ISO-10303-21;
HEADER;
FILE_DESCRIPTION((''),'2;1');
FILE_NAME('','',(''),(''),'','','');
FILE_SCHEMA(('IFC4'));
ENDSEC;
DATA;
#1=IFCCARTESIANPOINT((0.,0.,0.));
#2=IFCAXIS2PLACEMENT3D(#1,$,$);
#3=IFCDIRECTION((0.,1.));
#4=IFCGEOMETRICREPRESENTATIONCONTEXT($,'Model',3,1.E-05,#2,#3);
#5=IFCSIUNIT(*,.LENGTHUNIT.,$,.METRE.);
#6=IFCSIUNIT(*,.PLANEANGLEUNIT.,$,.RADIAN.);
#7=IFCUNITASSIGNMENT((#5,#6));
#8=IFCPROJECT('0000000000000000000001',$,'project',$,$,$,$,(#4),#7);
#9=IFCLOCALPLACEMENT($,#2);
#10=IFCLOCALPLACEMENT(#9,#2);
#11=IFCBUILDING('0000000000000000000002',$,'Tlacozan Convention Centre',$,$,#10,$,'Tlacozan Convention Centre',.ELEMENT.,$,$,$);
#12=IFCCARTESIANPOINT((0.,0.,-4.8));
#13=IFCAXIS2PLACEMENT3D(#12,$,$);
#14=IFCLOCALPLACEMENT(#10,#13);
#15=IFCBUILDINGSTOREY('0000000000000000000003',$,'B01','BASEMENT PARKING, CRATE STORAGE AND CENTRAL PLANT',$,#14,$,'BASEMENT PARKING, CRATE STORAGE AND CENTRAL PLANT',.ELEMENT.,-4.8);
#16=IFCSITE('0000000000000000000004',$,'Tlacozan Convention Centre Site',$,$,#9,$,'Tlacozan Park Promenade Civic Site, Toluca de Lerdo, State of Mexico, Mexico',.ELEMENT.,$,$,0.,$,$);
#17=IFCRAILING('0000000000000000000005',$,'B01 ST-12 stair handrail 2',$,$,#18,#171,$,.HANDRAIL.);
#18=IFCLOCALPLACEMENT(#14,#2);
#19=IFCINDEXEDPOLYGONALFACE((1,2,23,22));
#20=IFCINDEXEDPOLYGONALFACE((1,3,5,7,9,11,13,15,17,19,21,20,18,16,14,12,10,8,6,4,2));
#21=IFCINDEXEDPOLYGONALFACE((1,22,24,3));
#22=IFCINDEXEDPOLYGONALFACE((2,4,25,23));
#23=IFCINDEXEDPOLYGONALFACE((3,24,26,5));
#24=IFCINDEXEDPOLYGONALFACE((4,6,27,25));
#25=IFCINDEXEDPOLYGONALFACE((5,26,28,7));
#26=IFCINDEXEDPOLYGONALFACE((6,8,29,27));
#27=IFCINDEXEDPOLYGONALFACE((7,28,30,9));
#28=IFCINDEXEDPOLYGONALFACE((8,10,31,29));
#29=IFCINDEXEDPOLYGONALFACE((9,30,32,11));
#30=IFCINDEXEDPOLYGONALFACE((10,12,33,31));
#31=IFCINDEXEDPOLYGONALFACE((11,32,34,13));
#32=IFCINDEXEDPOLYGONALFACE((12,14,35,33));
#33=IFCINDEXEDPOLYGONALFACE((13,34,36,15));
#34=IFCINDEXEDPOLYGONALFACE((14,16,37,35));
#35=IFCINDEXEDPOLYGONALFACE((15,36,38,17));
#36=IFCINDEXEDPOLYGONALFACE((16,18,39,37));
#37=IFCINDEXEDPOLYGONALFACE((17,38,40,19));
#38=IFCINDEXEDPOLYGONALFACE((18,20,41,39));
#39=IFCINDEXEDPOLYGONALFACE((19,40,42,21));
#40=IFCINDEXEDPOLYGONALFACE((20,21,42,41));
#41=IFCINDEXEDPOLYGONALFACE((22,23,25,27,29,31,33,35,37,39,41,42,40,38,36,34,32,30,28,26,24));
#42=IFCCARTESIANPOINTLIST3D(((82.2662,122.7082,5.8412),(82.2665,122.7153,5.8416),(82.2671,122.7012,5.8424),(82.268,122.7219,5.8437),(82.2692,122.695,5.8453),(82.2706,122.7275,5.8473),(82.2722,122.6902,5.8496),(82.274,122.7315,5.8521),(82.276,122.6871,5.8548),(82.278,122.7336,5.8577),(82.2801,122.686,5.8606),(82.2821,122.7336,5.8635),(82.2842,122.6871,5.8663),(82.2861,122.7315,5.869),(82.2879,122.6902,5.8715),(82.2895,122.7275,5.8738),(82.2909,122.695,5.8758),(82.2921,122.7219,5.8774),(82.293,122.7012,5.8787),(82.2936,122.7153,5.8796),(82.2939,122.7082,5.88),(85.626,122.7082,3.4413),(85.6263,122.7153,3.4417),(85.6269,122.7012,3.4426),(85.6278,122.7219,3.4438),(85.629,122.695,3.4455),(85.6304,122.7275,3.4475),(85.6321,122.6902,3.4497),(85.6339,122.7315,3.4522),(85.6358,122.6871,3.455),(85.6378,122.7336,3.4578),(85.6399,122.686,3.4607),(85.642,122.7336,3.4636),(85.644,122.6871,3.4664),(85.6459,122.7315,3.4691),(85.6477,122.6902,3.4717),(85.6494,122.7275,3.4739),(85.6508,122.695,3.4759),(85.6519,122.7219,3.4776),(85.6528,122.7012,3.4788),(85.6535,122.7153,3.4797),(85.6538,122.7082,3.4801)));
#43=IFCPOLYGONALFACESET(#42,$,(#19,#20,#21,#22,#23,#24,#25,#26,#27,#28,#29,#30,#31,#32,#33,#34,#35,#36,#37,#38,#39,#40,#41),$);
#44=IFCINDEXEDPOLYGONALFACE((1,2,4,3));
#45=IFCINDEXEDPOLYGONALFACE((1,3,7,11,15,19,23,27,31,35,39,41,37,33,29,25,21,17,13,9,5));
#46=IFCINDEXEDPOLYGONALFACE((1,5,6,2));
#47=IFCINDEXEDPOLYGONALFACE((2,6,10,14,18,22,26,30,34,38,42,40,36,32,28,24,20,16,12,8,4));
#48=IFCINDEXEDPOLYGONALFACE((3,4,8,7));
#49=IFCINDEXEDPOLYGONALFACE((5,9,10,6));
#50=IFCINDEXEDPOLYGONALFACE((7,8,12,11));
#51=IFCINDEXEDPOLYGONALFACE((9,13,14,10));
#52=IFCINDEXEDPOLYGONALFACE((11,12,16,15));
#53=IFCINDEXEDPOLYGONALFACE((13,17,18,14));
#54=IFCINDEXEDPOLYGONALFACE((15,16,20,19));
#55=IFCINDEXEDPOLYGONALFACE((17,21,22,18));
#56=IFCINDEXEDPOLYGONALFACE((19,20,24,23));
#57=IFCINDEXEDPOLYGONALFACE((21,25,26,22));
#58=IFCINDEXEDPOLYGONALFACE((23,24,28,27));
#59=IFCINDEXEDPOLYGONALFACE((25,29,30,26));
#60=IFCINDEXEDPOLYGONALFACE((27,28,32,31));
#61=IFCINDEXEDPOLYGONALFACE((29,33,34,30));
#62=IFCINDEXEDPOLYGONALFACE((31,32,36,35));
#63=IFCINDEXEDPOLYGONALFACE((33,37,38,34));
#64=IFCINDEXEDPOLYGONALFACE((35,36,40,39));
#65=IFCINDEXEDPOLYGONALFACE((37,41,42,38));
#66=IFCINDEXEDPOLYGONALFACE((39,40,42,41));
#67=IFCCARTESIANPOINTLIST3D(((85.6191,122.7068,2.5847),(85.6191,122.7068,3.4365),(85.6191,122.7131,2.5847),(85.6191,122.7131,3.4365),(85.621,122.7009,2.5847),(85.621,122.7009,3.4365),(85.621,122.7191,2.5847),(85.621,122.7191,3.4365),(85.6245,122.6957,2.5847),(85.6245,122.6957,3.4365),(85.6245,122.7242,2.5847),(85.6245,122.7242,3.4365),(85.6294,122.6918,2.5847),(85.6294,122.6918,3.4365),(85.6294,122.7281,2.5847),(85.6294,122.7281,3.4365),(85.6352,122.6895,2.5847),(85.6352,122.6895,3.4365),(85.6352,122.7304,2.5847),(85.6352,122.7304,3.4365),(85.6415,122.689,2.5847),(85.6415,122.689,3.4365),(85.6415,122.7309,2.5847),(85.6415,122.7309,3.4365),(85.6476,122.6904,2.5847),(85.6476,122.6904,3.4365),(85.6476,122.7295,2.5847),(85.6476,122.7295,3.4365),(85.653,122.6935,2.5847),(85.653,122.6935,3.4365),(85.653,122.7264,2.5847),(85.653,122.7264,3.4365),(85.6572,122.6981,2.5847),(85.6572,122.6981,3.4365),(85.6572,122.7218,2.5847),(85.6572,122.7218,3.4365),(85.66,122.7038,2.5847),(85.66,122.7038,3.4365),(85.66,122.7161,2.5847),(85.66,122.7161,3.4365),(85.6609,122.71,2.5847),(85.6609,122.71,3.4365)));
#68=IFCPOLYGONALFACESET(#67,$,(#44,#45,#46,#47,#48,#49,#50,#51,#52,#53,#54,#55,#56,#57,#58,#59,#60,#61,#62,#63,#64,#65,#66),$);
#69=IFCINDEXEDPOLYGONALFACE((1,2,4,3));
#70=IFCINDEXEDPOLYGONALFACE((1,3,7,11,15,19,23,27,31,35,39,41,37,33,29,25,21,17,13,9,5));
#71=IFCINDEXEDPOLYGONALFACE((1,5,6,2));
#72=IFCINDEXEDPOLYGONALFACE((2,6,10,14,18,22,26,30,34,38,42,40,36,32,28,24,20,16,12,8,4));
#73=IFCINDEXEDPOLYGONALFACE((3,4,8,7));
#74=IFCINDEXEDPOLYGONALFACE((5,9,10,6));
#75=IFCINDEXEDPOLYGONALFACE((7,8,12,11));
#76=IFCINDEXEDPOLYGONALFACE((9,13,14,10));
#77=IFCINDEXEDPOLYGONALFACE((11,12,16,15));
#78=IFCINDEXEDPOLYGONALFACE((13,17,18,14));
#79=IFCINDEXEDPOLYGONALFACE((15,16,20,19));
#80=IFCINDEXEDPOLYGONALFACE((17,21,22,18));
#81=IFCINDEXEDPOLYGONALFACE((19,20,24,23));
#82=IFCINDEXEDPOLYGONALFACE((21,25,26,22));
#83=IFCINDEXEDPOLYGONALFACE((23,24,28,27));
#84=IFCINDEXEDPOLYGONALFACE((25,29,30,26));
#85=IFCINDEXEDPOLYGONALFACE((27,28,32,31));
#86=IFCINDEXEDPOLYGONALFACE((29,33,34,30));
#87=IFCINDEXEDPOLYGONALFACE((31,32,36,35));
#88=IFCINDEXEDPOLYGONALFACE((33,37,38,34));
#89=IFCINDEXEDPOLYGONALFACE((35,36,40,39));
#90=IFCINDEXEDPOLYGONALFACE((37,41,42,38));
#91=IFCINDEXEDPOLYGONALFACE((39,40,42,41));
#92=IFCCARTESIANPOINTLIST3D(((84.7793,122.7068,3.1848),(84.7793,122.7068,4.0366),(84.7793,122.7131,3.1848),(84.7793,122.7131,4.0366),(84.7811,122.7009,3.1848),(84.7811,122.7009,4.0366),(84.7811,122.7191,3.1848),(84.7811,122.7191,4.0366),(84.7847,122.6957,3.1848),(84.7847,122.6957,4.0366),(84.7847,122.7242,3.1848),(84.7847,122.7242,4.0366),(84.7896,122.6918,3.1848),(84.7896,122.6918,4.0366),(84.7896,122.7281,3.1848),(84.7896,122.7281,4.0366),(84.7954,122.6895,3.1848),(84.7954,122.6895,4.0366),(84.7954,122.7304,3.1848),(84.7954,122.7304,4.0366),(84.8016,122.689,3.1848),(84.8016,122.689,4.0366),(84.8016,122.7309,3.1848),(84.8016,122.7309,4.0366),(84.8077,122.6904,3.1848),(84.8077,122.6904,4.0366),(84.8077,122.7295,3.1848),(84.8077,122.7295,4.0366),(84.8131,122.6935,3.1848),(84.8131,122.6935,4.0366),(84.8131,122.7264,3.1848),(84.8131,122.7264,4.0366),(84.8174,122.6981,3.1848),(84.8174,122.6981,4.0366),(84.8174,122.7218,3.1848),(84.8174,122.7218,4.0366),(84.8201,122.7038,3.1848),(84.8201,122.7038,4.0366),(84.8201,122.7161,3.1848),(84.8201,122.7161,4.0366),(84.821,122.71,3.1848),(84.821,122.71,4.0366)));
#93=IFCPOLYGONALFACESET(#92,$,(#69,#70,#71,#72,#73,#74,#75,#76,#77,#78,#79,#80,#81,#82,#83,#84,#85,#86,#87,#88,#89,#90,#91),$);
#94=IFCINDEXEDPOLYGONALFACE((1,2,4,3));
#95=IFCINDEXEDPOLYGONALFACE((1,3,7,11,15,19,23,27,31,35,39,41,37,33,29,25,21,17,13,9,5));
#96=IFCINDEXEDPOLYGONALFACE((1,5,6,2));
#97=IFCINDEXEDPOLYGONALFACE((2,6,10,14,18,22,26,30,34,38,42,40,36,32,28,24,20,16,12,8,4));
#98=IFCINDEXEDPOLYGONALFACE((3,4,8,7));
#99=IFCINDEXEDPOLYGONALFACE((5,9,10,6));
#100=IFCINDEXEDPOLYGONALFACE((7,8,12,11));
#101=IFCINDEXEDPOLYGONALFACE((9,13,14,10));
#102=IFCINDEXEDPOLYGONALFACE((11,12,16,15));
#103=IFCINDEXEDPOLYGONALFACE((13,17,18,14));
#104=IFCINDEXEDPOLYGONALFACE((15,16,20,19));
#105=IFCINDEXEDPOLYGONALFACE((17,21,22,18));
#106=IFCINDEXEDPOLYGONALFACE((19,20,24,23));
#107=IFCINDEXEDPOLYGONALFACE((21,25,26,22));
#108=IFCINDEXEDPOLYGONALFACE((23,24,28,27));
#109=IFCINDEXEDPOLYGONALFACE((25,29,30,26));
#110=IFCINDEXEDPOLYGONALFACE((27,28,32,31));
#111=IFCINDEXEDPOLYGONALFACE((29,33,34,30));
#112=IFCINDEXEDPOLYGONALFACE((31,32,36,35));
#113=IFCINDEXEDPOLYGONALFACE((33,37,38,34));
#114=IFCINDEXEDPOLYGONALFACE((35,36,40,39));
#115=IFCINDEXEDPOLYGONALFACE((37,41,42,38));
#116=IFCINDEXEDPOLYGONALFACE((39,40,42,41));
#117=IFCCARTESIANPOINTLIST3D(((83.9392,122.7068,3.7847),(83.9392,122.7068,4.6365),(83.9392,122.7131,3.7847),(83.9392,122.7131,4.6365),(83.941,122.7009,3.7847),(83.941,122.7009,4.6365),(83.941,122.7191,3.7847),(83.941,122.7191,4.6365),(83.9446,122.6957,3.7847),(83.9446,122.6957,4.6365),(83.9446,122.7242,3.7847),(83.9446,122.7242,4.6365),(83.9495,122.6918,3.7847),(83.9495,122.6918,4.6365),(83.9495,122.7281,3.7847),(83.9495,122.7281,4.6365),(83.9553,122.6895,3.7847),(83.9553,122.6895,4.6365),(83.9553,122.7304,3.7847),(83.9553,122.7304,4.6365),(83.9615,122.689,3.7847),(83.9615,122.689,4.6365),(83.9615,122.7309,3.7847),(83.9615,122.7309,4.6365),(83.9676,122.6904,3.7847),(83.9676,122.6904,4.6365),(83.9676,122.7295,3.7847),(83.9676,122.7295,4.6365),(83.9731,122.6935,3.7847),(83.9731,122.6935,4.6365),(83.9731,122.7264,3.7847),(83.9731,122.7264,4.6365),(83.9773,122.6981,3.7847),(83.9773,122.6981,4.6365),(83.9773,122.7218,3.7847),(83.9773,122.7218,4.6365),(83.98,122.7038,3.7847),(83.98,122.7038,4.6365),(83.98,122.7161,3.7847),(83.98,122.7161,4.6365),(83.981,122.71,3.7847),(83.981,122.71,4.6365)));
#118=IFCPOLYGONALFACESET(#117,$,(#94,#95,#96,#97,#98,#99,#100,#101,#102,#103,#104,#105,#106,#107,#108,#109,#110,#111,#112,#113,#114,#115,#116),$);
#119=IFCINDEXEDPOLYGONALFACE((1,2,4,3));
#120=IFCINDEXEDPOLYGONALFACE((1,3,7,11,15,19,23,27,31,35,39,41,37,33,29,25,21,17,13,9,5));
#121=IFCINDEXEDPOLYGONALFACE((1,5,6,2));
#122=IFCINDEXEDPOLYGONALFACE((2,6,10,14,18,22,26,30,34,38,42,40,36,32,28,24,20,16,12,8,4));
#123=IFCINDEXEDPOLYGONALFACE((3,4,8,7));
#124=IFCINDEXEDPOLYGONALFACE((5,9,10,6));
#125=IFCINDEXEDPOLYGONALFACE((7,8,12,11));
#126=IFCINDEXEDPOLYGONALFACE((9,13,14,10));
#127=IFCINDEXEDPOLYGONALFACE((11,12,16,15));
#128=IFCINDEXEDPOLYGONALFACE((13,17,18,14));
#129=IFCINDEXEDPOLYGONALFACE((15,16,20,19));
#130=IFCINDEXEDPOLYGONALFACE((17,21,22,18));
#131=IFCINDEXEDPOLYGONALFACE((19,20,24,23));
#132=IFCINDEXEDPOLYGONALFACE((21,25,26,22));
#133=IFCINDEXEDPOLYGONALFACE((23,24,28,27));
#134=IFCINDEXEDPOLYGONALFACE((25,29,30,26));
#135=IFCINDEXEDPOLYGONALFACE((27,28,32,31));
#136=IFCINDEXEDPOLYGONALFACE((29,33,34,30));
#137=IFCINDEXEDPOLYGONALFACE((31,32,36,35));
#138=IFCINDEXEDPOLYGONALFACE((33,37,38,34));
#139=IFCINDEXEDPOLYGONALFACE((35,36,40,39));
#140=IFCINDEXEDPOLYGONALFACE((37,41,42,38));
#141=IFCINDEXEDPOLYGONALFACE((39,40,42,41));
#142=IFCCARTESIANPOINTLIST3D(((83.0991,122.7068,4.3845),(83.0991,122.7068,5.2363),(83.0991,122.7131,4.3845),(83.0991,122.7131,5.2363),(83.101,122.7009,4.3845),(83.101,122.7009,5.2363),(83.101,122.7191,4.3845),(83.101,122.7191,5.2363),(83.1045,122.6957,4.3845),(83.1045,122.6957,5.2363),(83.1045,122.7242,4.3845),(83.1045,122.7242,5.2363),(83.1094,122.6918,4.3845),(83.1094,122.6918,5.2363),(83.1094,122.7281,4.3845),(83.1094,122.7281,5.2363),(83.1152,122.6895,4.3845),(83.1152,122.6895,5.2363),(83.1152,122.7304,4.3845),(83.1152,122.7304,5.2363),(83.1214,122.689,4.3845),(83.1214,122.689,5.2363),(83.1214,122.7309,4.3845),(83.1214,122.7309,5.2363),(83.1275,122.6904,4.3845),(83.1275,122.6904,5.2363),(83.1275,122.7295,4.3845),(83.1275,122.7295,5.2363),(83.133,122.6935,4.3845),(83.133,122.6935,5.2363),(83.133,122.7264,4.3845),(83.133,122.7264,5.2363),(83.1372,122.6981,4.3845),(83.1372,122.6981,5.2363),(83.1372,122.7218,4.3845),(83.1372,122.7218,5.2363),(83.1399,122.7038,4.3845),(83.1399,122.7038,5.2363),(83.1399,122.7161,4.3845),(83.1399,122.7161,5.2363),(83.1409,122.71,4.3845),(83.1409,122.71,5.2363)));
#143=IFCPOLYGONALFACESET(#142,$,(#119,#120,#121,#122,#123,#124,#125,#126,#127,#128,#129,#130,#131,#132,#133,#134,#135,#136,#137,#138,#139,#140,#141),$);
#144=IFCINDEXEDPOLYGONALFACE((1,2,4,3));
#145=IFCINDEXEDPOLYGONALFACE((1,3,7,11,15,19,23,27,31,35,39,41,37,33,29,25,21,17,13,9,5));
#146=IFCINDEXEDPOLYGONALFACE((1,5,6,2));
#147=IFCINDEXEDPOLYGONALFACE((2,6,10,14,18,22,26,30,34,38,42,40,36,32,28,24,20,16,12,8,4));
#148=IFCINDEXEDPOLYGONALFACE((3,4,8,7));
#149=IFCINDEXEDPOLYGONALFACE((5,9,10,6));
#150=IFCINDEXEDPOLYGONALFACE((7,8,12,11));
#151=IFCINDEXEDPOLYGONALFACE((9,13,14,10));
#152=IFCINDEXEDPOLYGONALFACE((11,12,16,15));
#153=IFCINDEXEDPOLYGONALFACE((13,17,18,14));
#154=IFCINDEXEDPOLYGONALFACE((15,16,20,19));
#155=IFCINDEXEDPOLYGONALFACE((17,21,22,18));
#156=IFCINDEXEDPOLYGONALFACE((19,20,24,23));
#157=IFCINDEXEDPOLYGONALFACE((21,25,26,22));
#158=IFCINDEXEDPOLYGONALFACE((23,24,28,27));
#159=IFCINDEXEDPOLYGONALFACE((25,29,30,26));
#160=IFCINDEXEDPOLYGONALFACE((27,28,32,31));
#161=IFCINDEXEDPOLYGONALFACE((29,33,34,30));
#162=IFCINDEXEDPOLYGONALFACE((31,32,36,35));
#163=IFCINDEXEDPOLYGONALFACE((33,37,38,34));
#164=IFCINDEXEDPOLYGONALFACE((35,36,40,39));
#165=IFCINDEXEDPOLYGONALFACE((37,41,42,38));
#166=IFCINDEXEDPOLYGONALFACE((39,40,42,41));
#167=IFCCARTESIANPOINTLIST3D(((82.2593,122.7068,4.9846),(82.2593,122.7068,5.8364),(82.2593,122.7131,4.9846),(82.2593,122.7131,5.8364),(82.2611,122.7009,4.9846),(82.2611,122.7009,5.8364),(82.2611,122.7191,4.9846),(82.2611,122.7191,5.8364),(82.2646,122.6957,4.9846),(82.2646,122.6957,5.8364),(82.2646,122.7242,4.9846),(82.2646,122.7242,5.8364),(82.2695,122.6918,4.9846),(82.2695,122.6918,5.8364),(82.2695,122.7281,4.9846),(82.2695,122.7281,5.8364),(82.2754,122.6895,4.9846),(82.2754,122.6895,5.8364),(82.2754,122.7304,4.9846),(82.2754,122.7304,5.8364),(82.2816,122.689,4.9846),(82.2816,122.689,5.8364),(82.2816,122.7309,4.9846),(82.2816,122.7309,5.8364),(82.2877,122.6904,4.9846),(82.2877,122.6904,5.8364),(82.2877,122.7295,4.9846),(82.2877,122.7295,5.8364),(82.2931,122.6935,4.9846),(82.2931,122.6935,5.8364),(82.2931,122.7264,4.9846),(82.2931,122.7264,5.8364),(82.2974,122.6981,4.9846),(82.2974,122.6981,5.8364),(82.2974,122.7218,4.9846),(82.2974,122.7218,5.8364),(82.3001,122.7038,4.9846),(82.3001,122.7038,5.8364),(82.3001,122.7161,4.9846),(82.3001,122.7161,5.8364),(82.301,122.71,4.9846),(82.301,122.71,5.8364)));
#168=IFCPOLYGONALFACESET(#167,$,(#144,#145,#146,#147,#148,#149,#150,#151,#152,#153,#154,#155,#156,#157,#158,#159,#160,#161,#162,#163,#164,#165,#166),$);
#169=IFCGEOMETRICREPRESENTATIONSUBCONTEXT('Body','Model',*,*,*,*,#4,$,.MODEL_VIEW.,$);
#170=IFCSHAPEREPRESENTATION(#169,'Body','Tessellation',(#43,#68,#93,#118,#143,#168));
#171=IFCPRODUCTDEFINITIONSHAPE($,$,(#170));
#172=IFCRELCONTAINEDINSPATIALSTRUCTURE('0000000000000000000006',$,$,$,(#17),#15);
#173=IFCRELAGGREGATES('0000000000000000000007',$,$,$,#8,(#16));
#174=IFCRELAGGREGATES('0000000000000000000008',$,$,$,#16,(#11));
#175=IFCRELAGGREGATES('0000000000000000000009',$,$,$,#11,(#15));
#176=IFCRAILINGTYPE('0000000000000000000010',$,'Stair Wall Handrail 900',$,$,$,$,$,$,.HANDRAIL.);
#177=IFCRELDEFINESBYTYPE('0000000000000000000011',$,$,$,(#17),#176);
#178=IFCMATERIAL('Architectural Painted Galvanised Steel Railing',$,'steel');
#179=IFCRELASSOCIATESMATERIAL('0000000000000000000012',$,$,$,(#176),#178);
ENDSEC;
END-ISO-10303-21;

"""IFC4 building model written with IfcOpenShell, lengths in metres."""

from ifc_helpers import new_model, si_unit, direction, frame, origin, origin_2d, place, context, subcontext, project, spatial, circle, extrude, material, type_object, element, save


model = new_model("IFC4")

# Units and contexts
model_context = context("Model", 3, precision=1e-05, world=origin(), true_north=direction((0.0, 1.0)))
body_context = subcontext(model_context, "Body", "Model", "MODEL_VIEW")
ifc_project = project(units=[si_unit("LENGTHUNIT", "METRE"), si_unit("PLANEANGLEUNIT", "RADIAN")], contexts=[model_context])

# Site, building, storey
site_placement = place(None, origin())
site = spatial("IfcSite", under=ifc_project, at=site_placement, Name="Tlacozan Convention Centre Site", LongName="Tlacozan Park Promenade Civic Site, Toluca de Lerdo, State of Mexico, Mexico", CompositionType="ELEMENT", RefElevation=0.0)
building_placement = place(site_placement, origin())
building = spatial("IfcBuilding", under=site, at=building_placement, Name="Tlacozan Convention Centre", LongName="Tlacozan Convention Centre", CompositionType="ELEMENT")
storey_placement = place(building_placement, frame((0.0, 0.0, -4.8)))
storey = spatial("IfcBuildingStorey", under=building, at=storey_placement, Name="B01", Description="BASEMENT PARKING, CRATE STORAGE AND CENTRAL PLANT", LongName="BASEMENT PARKING, CRATE STORAGE AND CENTRAL PLANT", CompositionType="ELEMENT", Elevation=-4.8)

# Railing
ifc_material_1 = material(Name="Architectural Painted Galvanised Steel Railing", Category="steel")
railing_type_1 = type_object("IfcRailingType", Name="Stair Wall Handrail 900", PredefinedType="HANDRAIL", material=ifc_material_1)
railing_1_placement = place(storey_placement, frame((85.6399, 122.71, 2.5847)))
element("IfcRailing", 1, at=railing_1_placement, inside=storey, type_object=railing_type_1, Name="B01 ST-12 stair handrail 2", PredefinedType="HANDRAIL", context=body_context, shape_type="SweptSolid", body=[
    extrude(circle(Radius=0.0239, at=origin_2d()), frame((0.0, 0.0, 0.876), z_axis=(-0.813733, 0.0, 0.581238), x_axis=(0.0, -1.0, 0.0)), (0.0, 0.0, 1.0), 4.1289),
    extrude(circle(Radius=0.021, at=origin_2d()), origin(), (0.0, 0.0, 1.0), 0.8518),
    extrude(circle(Radius=0.021, at=origin_2d()), frame((-0.8398, 0.0, 0.6001)), (0.0, 0.0, 1.0), 0.8518),
    extrude(circle(Radius=0.021, at=origin_2d()), frame((-1.6799, 0.0, 1.2)), (0.0, 0.0, 1.0), 0.8518),
    extrude(circle(Radius=0.021, at=origin_2d()), frame((-2.52, 0.0, 1.7998)), (0.0, 0.0, 1.0), 0.8518),
    extrude(circle(Radius=0.021, at=origin_2d()), frame((-3.3599, 0.0, 2.3999)), (0.0, 0.0, 1.0), 0.8518),
])

save(model, "model.ifc")
